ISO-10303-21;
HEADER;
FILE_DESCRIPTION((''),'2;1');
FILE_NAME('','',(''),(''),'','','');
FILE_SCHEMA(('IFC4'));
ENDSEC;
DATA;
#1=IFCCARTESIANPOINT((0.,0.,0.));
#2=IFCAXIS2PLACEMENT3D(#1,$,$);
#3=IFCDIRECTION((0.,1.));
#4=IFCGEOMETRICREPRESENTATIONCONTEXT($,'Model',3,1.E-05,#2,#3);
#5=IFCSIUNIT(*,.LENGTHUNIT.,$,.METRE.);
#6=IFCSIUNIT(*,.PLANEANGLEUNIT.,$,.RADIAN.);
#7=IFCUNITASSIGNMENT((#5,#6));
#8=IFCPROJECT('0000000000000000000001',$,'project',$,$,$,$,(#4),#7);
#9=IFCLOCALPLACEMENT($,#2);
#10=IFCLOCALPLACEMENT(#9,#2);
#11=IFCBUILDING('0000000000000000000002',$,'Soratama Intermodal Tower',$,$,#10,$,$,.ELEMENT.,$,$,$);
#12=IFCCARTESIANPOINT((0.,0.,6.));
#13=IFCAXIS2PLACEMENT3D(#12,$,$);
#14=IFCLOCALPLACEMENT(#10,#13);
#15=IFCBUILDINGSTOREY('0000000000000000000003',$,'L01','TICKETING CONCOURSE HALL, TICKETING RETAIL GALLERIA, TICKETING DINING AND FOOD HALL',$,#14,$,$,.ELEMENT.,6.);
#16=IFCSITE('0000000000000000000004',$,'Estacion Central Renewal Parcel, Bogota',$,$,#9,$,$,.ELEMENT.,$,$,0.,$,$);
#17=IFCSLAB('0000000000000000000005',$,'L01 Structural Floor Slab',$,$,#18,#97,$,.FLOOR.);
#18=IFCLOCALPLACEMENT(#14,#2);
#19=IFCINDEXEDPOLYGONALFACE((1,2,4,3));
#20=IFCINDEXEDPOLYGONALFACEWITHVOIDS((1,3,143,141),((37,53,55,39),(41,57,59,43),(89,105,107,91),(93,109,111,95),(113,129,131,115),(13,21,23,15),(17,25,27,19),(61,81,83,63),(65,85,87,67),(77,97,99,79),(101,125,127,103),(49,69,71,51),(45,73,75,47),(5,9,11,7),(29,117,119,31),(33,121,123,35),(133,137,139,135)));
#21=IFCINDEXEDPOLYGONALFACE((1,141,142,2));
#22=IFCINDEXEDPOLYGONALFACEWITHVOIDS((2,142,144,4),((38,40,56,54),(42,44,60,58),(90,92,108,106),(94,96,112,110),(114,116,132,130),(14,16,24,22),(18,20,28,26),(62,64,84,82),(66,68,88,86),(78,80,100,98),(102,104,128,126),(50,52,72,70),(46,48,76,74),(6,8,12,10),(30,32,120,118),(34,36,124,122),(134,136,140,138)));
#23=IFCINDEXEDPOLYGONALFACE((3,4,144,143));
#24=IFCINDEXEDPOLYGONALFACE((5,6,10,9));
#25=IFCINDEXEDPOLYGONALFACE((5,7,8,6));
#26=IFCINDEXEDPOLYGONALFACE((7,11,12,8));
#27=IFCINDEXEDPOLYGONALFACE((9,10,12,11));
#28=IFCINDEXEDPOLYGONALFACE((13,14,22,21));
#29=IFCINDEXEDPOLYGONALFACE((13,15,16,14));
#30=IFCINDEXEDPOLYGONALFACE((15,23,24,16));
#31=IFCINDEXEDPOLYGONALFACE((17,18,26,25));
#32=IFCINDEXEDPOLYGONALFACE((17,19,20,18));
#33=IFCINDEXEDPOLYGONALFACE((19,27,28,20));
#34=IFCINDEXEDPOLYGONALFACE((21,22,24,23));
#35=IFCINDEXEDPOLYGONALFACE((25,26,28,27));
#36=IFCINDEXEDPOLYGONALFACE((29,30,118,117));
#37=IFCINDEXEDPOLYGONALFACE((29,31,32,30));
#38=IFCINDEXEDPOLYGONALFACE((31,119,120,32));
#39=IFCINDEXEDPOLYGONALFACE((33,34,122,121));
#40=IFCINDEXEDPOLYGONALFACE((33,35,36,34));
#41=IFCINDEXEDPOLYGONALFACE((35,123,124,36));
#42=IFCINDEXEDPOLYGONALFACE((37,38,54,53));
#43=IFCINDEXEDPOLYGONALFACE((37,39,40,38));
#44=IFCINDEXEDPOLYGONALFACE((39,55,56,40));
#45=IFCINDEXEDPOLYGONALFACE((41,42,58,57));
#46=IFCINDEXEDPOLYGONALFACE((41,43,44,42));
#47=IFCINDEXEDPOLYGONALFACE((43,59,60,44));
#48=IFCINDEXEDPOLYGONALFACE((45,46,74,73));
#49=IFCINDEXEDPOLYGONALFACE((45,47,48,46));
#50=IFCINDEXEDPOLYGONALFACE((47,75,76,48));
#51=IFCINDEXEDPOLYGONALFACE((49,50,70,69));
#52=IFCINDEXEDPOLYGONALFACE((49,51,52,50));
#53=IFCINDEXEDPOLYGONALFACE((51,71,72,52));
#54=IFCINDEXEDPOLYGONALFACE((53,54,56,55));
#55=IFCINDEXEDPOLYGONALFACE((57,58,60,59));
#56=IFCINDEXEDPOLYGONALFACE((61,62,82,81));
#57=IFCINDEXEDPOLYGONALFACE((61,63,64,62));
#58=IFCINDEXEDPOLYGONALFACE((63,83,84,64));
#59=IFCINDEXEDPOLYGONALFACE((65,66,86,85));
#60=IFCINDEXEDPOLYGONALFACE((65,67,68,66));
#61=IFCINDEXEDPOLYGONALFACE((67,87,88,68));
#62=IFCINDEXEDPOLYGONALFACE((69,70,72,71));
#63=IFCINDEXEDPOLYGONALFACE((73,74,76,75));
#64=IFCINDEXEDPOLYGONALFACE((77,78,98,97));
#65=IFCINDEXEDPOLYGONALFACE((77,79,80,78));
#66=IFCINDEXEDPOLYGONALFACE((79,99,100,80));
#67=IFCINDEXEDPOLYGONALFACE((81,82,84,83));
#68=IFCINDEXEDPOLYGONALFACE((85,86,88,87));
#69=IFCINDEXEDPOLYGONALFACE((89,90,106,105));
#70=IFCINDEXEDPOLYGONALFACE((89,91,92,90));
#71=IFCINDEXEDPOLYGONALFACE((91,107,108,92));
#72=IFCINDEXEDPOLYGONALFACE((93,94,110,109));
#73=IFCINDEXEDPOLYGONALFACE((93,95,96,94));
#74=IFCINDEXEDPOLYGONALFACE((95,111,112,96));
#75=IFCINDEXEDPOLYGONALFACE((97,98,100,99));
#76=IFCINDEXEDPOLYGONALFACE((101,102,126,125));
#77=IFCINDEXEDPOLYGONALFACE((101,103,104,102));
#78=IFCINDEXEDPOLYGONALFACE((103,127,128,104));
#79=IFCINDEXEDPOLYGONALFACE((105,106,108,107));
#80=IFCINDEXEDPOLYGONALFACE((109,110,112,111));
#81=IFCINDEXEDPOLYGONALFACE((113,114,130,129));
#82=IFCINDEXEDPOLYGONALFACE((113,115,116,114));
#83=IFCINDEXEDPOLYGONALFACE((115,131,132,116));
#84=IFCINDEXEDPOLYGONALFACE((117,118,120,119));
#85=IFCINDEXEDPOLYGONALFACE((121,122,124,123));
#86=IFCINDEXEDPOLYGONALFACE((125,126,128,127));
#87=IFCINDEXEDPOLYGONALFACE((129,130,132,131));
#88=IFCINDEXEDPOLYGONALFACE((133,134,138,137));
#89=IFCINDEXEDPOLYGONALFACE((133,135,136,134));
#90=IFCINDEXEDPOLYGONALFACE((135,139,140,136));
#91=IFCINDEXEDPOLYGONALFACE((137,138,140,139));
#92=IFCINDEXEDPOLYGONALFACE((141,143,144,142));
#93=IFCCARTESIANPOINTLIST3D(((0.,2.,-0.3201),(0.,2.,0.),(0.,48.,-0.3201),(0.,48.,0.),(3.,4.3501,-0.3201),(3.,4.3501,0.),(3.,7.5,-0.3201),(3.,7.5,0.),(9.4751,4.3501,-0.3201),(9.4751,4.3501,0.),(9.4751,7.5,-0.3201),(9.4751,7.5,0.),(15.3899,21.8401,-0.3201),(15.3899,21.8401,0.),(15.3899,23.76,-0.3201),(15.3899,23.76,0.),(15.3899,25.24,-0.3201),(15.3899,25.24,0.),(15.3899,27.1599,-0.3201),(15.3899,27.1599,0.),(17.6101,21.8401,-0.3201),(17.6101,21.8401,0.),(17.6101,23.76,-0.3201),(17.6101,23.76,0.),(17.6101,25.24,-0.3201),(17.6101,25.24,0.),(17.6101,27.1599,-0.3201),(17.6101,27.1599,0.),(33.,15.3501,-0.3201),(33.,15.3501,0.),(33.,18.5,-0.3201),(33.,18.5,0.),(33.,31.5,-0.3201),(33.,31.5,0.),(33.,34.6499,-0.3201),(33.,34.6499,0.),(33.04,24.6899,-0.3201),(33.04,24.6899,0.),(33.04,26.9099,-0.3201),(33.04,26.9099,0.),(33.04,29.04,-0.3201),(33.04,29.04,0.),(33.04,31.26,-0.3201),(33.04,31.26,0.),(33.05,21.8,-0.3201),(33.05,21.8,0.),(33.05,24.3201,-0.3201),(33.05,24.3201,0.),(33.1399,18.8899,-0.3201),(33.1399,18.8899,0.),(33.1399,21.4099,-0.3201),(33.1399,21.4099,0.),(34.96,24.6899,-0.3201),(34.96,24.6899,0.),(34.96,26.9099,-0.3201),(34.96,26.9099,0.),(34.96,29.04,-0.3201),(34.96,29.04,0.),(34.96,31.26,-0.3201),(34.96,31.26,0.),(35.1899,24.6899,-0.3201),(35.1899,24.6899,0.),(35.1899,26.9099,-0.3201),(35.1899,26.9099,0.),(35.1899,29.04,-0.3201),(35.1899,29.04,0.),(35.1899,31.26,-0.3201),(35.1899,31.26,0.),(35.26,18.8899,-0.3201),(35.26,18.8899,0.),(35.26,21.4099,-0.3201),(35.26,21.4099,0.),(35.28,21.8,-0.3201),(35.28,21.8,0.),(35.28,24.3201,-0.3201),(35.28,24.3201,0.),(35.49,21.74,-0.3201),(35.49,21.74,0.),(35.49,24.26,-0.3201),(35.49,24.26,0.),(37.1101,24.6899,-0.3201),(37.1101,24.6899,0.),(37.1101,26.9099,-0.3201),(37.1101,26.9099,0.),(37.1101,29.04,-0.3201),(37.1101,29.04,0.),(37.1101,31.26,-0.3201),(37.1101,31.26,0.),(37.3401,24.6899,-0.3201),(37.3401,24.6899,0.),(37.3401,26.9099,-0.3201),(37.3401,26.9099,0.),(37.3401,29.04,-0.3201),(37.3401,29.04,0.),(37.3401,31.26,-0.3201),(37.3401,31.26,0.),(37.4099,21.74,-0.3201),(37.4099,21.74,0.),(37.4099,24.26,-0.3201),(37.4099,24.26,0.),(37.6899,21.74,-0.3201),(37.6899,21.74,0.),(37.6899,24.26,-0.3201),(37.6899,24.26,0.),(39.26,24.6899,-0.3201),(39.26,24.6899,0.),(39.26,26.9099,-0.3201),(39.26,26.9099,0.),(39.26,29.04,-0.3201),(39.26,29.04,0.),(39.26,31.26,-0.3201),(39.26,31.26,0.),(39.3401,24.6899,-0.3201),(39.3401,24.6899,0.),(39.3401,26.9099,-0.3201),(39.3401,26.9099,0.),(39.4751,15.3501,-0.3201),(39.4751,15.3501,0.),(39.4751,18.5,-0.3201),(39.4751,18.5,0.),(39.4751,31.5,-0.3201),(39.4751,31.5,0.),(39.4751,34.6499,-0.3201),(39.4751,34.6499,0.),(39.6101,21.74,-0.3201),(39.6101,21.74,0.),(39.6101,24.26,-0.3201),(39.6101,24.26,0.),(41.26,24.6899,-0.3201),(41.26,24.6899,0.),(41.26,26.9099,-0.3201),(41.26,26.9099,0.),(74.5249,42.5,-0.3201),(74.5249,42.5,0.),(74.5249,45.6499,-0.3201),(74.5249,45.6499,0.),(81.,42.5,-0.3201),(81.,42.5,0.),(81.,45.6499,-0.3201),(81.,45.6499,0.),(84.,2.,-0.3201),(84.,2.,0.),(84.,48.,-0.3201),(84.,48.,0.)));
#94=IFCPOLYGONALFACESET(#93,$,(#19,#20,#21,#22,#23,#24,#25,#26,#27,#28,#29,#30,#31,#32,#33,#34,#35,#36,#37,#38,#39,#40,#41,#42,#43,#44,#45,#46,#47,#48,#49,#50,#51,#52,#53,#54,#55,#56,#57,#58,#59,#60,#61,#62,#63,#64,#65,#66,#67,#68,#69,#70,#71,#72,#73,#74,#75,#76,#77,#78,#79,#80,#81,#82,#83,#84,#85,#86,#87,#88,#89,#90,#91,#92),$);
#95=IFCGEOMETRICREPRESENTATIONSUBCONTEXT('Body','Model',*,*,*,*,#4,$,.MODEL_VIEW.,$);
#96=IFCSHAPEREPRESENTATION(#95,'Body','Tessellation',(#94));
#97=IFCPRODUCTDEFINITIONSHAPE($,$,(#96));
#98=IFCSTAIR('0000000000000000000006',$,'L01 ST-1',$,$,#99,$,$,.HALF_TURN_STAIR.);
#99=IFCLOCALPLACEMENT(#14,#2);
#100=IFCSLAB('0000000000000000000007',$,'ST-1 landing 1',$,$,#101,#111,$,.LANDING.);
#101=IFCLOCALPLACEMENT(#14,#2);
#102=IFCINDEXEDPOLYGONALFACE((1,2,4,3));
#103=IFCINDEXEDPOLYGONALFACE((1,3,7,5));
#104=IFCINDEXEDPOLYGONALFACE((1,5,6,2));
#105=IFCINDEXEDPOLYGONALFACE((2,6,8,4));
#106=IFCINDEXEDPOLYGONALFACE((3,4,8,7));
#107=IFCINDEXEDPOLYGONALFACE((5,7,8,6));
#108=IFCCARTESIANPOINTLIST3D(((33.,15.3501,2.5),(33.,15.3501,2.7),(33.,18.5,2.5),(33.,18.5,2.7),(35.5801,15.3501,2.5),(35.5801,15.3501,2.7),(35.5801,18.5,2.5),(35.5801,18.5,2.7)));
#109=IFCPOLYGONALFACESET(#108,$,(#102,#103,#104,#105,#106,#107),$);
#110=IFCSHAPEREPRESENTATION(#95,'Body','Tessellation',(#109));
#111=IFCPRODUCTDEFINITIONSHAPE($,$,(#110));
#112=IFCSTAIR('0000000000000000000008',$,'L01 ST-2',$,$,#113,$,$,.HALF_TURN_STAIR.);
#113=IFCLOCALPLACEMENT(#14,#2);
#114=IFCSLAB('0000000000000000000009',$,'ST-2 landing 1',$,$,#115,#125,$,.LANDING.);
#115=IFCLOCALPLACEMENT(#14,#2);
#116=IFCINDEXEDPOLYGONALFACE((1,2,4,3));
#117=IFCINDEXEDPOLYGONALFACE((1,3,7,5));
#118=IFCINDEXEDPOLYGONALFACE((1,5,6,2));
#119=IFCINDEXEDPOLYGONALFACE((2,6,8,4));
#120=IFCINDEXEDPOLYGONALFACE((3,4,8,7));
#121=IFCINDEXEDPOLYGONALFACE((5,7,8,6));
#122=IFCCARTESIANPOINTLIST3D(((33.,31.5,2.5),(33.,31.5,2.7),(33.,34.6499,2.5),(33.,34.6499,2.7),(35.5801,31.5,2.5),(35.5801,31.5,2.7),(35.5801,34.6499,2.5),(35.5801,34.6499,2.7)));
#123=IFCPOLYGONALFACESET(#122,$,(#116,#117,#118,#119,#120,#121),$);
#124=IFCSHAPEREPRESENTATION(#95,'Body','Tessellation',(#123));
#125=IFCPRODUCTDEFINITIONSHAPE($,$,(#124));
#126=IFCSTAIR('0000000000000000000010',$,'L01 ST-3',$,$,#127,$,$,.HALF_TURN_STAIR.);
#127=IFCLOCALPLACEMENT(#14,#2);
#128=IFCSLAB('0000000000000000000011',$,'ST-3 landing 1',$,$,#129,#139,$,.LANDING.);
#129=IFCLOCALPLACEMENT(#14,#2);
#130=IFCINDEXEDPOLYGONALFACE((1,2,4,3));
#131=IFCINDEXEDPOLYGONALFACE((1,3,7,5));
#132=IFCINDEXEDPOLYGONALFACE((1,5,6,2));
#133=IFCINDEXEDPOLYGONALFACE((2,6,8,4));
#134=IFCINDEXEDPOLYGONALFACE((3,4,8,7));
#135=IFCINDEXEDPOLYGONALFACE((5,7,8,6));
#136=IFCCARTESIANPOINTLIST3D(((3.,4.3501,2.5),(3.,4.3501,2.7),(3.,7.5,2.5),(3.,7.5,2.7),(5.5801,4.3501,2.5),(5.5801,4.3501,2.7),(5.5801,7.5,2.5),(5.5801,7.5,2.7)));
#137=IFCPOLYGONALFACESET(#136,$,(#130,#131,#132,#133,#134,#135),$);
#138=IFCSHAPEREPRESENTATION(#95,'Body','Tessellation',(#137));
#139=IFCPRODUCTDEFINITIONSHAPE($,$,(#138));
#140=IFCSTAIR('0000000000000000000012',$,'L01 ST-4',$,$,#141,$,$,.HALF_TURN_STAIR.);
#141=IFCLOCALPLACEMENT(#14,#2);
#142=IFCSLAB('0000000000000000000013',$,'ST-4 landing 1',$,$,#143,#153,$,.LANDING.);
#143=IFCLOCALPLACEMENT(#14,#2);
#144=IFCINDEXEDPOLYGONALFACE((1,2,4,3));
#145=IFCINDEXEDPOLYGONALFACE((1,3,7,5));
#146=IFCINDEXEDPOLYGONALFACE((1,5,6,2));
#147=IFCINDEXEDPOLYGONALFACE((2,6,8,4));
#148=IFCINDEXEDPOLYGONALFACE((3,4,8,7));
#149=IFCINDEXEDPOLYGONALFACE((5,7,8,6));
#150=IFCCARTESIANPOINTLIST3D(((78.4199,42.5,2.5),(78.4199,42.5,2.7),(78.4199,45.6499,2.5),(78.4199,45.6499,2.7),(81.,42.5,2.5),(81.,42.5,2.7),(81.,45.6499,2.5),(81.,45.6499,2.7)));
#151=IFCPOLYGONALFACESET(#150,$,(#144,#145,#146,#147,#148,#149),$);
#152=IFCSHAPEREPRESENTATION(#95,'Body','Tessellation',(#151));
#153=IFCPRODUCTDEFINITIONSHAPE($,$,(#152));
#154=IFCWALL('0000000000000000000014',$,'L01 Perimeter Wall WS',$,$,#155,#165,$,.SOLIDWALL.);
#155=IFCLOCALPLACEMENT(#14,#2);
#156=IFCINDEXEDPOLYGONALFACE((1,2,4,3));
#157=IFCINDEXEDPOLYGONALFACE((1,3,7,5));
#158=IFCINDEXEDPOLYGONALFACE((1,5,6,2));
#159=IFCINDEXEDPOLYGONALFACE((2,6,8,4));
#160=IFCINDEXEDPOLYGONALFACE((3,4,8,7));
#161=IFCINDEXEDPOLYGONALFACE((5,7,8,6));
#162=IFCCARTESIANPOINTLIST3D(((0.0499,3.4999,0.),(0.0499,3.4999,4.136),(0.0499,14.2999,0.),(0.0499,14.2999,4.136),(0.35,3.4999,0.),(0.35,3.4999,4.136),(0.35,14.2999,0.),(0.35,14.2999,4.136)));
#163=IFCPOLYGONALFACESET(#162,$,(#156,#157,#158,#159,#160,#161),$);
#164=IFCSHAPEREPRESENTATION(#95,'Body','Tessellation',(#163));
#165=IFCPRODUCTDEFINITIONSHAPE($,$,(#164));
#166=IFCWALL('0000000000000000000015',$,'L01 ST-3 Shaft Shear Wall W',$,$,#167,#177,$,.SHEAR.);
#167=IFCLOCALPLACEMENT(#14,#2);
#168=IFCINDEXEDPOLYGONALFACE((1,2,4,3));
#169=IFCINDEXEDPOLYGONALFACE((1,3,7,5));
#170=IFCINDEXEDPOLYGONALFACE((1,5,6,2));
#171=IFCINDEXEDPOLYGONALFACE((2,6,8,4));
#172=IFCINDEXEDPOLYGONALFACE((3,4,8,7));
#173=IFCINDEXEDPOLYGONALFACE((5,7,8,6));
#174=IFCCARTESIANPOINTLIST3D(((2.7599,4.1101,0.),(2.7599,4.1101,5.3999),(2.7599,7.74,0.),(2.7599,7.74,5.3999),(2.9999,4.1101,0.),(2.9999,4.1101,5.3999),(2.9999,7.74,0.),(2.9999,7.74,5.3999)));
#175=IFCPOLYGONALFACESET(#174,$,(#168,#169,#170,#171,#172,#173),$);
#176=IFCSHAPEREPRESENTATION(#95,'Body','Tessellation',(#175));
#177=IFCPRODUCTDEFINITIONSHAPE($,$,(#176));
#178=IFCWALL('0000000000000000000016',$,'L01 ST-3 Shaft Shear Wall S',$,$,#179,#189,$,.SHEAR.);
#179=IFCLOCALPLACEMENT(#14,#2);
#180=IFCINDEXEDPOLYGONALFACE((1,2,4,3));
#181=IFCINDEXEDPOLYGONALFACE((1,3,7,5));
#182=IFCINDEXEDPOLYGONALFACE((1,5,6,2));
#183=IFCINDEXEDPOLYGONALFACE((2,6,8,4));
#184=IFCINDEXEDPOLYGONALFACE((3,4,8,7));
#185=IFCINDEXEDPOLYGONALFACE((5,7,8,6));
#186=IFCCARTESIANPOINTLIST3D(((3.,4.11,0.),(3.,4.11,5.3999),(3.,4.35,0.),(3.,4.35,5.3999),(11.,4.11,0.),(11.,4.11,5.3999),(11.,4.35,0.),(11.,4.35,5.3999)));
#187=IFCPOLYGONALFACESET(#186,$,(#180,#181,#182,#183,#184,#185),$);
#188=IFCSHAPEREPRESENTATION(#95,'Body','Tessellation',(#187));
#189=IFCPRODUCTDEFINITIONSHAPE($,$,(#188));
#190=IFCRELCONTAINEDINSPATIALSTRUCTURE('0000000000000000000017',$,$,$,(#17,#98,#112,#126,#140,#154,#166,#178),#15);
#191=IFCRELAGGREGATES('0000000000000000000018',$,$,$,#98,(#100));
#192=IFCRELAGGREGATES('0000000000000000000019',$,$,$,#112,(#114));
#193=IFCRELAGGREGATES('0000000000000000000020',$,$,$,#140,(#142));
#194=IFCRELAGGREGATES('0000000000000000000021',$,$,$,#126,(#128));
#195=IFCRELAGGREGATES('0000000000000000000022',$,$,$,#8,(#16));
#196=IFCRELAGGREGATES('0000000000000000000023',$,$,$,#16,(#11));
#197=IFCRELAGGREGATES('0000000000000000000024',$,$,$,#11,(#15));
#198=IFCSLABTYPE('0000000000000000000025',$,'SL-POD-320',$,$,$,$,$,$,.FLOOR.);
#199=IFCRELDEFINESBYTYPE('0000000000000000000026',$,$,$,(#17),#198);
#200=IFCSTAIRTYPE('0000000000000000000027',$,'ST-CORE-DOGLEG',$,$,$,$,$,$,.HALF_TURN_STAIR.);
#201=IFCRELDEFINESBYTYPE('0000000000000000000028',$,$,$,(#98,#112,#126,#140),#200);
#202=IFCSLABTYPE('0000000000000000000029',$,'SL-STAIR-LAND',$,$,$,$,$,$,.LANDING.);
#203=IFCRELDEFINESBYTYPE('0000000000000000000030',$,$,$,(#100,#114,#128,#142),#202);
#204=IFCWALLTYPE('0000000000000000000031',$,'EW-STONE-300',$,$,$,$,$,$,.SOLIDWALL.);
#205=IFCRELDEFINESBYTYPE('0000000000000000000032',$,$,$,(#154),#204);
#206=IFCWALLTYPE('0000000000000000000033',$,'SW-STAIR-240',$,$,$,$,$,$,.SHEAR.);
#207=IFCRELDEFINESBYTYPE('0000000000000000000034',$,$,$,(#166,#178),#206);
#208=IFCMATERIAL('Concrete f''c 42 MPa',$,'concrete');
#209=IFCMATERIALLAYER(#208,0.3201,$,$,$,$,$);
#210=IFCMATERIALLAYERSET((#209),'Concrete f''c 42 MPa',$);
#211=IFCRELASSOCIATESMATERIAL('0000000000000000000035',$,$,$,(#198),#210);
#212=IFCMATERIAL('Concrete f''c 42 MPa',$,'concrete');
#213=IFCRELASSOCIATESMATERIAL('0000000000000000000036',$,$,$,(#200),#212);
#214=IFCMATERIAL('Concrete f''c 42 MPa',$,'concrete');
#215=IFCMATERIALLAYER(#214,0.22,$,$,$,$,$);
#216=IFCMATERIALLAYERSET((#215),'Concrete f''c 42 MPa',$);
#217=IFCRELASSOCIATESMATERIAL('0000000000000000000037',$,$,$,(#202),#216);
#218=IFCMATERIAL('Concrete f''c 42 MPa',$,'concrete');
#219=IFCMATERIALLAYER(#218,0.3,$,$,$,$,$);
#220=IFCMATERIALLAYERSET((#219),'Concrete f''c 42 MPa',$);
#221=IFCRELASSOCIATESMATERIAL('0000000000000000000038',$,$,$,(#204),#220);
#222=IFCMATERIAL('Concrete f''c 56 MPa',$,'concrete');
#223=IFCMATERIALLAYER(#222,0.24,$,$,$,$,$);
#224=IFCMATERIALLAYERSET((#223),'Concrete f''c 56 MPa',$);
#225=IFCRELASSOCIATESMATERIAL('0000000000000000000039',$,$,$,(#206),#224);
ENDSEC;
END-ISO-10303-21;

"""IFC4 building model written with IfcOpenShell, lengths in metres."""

from ifc_helpers import new_model, si_unit, direction, frame, frame_2d, origin, place, context, subcontext, project, spatial, polyline, rectangle, outline, extrude, material, layer, layer_set, type_object, element, aggregate, save


model = new_model("IFC4")

# Units and contexts
model_context = context("Model", 3, precision=1e-05, world=origin(), true_north=direction((0.0, 1.0)))
body_context = subcontext(model_context, "Body", "Model", "MODEL_VIEW")
ifc_project = project(units=[si_unit("LENGTHUNIT", "METRE"), si_unit("PLANEANGLEUNIT", "RADIAN")], contexts=[model_context])

# Site, building, storey
site_placement = place(None, origin())
site = spatial("IfcSite", under=ifc_project, at=site_placement, Name="Estacion Central Renewal Parcel, Bogota", CompositionType="ELEMENT", RefElevation=0.0)
building_placement = place(site_placement, origin())
building = spatial("IfcBuilding", under=site, at=building_placement, Name="Soratama Intermodal Tower", CompositionType="ELEMENT")
storey_placement = place(building_placement, frame((0.0, 0.0, 6.0)))
storey = spatial("IfcBuildingStorey", under=building, at=storey_placement, Name="L01", Description="TICKETING CONCOURSE HALL, TICKETING RETAIL GALLERIA, TICKETING DINING AND FOOD HALL", CompositionType="ELEMENT", Elevation=6.0)

# Slab
ifc_material_1 = material(Name="Concrete f'c 42 MPa", Category="concrete")
ifc_layer_1 = layer(ifc_material_1, 0.3201)
ifc_layer_set_1 = layer_set([ifc_layer_1], Name="Concrete f'c 42 MPa")
slab_type_1 = type_object("IfcSlabType", Name="SL-POD-320", PredefinedType="FLOOR", material=ifc_layer_set_1)
slab_1_placement = place(storey_placement, frame((0.0, 0.0, -0.3201)))
element("IfcSlab", 1, at=slab_1_placement, inside=storey, type_object=slab_type_1, Name="L01 Structural Floor Slab", PredefinedType="FLOOR", context=body_context, shape_type="SweptSolid", body=[
    extrude(outline(polyline([(0.0, 2.0), (84.0, 2.0), (84.0, 48.0), (0.0, 48.0), (0.0, 2.0)]), holes=[polyline([(9.4751, 7.5), (3.0, 7.5), (3.0, 4.3501), (9.4751, 4.3501), (9.4751, 7.5)]), polyline([(35.26, 18.8899), (35.26, 21.4099), (33.1399, 21.4099), (33.1399, 18.8899), (35.26, 18.8899)]), polyline([(17.6101, 21.8401), (17.6101, 23.76), (15.3899, 23.76), (15.3899, 21.8401), (17.6101, 21.8401)]), polyline([(33.05, 21.8), (35.28, 21.8), (35.28, 24.3201), (33.05, 24.3201), (33.05, 21.8)]), polyline([(34.96, 24.6899), (34.96, 26.9099), (33.04, 26.9099), (33.04, 24.6899), (34.96, 24.6899)]), polyline([(37.1101, 24.6899), (37.1101, 26.9099), (35.1899, 26.9099), (35.1899, 24.6899), (37.1101, 24.6899)]), polyline([(17.6101, 25.24), (17.6101, 27.1599), (15.3899, 27.1599), (15.3899, 25.24), (17.6101, 25.24)]), polyline([(34.96, 29.04), (34.96, 31.26), (33.04, 31.26), (33.04, 29.04), (34.96, 29.04)]), polyline([(37.1101, 29.04), (37.1101, 31.26), (35.1899, 31.26), (35.1899, 29.04), (37.1101, 29.04)]), polyline([(39.4751, 18.5), (33.0, 18.5), (33.0, 15.3501), (39.4751, 15.3501), (39.4751, 18.5)]), polyline([(37.4099, 21.74), (37.4099, 24.26), (35.49, 24.26), (35.49, 21.74), (37.4099, 21.74)]), polyline([(39.6101, 21.74), (39.6101, 24.26), (37.6899, 24.26), (37.6899, 21.74), (39.6101, 21.74)]), polyline([(39.26, 24.6899), (39.26, 26.9099), (37.3401, 26.9099), (37.3401, 24.6899), (39.26, 24.6899)]), polyline([(41.26, 24.6899), (41.26, 26.9099), (39.3401, 26.9099), (39.3401, 24.6899), (41.26, 24.6899)]), polyline([(39.26, 29.04), (39.26, 31.26), (37.3401, 31.26), (37.3401, 29.04), (39.26, 29.04)]), polyline([(39.4751, 31.5), (39.4751, 34.6499), (33.0, 34.6499), (33.0, 31.5), (39.4751, 31.5)]), polyline([(74.5249, 45.6499), (74.5249, 42.5), (81.0, 42.5), (81.0, 45.6499), (74.5249, 45.6499)])]), origin(), (0.0, 0.0, 1.0), 0.3201),
])

# Stairs, slabs
ifc_material_2 = material(Name="Concrete f'c 42 MPa", Category="concrete")
stair_type = type_object("IfcStairType", Name="ST-CORE-DOGLEG", PredefinedType="HALF_TURN_STAIR", material=ifc_material_2)
stair_1_placement = place(storey_placement, origin())
stair_1 = element("IfcStair", 2, at=stair_1_placement, inside=storey, type_object=stair_type, Name="L01 ST-1", PredefinedType="HALF_TURN_STAIR")
ifc_material_3 = material(Name="Concrete f'c 42 MPa", Category="concrete")
ifc_layer_2 = layer(ifc_material_3, 0.22)
ifc_layer_set_2 = layer_set([ifc_layer_2], Name="Concrete f'c 42 MPa")
slab_type_2 = type_object("IfcSlabType", Name="SL-STAIR-LAND", PredefinedType="LANDING", material=ifc_layer_set_2)
slab_2_placement = place(storey_placement, frame((0.0, 0.0, 2.5)))
slab_2 = element("IfcSlab", 3, at=slab_2_placement, type_object=slab_type_2, Name="ST-1 landing 1", PredefinedType="LANDING", context=body_context, shape_type="SweptSolid", body=[
    extrude(outline(polyline([(35.5801, 18.5), (33.0, 18.5), (33.0, 15.3501), (35.5801, 15.3501), (35.5801, 18.5)])), origin(), (0.0, 0.0, 1.0), 0.2),
])
aggregate(stair_1, [slab_2])
stair_2_placement = place(storey_placement, origin())
stair_2 = element("IfcStair", 4, at=stair_2_placement, inside=storey, type_object=stair_type, Name="L01 ST-2", PredefinedType="HALF_TURN_STAIR")
slab_3_placement = place(storey_placement, frame((0.0, 0.0, 2.5)))
slab_3 = element("IfcSlab", 5, at=slab_3_placement, type_object=slab_type_2, Name="ST-2 landing 1", PredefinedType="LANDING", context=body_context, shape_type="SweptSolid", body=[
    extrude(outline(polyline([(35.5801, 34.6499), (33.0, 34.6499), (33.0, 31.5), (35.5801, 31.5), (35.5801, 34.6499)])), origin(), (0.0, 0.0, 1.0), 0.2),
])
aggregate(stair_2, [slab_3])
stair_3_placement = place(storey_placement, origin())
stair_3 = element("IfcStair", 6, at=stair_3_placement, inside=storey, type_object=stair_type, Name="L01 ST-3", PredefinedType="HALF_TURN_STAIR")
slab_4_placement = place(storey_placement, frame((0.0, 0.0, 2.5)))
slab_4 = element("IfcSlab", 7, at=slab_4_placement, type_object=slab_type_2, Name="ST-3 landing 1", PredefinedType="LANDING", context=body_context, shape_type="SweptSolid", body=[
    extrude(outline(polyline([(5.5801, 7.5), (3.0, 7.5), (3.0, 4.3501), (5.5801, 4.3501), (5.5801, 7.5)])), origin(), (0.0, 0.0, 1.0), 0.2),
])
stair_4_placement = place(storey_placement, origin())
stair_4 = element("IfcStair", 8, at=stair_4_placement, inside=storey, type_object=stair_type, Name="L01 ST-4", PredefinedType="HALF_TURN_STAIR")
slab_5_placement = place(storey_placement, frame((0.0, 0.0, 2.5)))
slab_5 = element("IfcSlab", 9, at=slab_5_placement, type_object=slab_type_2, Name="ST-4 landing 1", PredefinedType="LANDING", context=body_context, shape_type="SweptSolid", body=[
    extrude(outline(polyline([(78.4199, 42.5), (81.0, 42.5), (81.0, 45.6499), (78.4199, 45.6499), (78.4199, 42.5)])), origin(), (0.0, 0.0, 1.0), 0.2),
])
aggregate(stair_4, [slab_5])

# Walls
ifc_material_4 = material(Name="Concrete f'c 42 MPa", Category="concrete")
ifc_layer_3 = layer(ifc_material_4, 0.3)
ifc_layer_set_3 = layer_set([ifc_layer_3], Name="Concrete f'c 42 MPa")
wall_type_1 = type_object("IfcWallType", Name="EW-STONE-300", PredefinedType="SOLIDWALL", material=ifc_layer_set_3)
wall_1_placement = place(storey_placement, frame((0.2, 3.5, 0.0), z_axis=(0.0, 0.0, 1.0), x_axis=(0.0, 1.0, 0.0)))
element("IfcWall", 10, at=wall_1_placement, inside=storey, type_object=wall_type_1, Name="L01 Perimeter Wall WS", PredefinedType="SOLIDWALL", context=body_context, shape_type="SweptSolid", body=[
    extrude(rectangle(XDim=10.8, YDim=0.3, at=frame_2d((5.3999, 0.0))), origin(), (0.0, 0.0, 1.0), 4.136),
])
ifc_material_5 = material(Name="Concrete f'c 56 MPa", Category="concrete")
ifc_layer_4 = layer(ifc_material_5, 0.24)
ifc_layer_set_4 = layer_set([ifc_layer_4], Name="Concrete f'c 56 MPa")
wall_type_2 = type_object("IfcWallType", Name="SW-STAIR-240", PredefinedType="SHEAR", material=ifc_layer_set_4)
wall_2_placement = place(storey_placement, frame((2.8799, 4.1101, 0.0), z_axis=(0.0, 0.0, 1.0), x_axis=(0.0, 1.0, 0.0)))
element("IfcWall", 11, at=wall_2_placement, inside=storey, type_object=wall_type_2, Name="L01 ST-3 Shaft Shear Wall W", PredefinedType="SHEAR", context=body_context, shape_type="SweptSolid", body=[
    extrude(rectangle(XDim=3.6299, YDim=0.24, at=frame_2d((1.8149, 0.0))), origin(), (0.0, 0.0, 1.0), 5.3999),
])
for number, where, z_axis, x_axis, name in (
    (12, (3.0, 4.23, 0.0), (0.0, 0.0, 1.0), (1.0, 0.0, 0.0), "L01 ST-3 Shaft Shear Wall S"),
):
    element("IfcWall", number, at=place(storey_placement, frame(where, z_axis=z_axis, x_axis=x_axis)), inside=storey, type_object=wall_type_2, Name=name, PredefinedType="SHEAR", context=body_context, shape_type="SweptSolid", body=[
        extrude(rectangle(XDim=8.0, YDim=0.24, at=frame_2d((4.0, 0.0))), origin(), (0.0, 0.0, 1.0), 5.3999),
    ])

aggregate(stair_3, [slab_4])

save(model, "model.ifc")
